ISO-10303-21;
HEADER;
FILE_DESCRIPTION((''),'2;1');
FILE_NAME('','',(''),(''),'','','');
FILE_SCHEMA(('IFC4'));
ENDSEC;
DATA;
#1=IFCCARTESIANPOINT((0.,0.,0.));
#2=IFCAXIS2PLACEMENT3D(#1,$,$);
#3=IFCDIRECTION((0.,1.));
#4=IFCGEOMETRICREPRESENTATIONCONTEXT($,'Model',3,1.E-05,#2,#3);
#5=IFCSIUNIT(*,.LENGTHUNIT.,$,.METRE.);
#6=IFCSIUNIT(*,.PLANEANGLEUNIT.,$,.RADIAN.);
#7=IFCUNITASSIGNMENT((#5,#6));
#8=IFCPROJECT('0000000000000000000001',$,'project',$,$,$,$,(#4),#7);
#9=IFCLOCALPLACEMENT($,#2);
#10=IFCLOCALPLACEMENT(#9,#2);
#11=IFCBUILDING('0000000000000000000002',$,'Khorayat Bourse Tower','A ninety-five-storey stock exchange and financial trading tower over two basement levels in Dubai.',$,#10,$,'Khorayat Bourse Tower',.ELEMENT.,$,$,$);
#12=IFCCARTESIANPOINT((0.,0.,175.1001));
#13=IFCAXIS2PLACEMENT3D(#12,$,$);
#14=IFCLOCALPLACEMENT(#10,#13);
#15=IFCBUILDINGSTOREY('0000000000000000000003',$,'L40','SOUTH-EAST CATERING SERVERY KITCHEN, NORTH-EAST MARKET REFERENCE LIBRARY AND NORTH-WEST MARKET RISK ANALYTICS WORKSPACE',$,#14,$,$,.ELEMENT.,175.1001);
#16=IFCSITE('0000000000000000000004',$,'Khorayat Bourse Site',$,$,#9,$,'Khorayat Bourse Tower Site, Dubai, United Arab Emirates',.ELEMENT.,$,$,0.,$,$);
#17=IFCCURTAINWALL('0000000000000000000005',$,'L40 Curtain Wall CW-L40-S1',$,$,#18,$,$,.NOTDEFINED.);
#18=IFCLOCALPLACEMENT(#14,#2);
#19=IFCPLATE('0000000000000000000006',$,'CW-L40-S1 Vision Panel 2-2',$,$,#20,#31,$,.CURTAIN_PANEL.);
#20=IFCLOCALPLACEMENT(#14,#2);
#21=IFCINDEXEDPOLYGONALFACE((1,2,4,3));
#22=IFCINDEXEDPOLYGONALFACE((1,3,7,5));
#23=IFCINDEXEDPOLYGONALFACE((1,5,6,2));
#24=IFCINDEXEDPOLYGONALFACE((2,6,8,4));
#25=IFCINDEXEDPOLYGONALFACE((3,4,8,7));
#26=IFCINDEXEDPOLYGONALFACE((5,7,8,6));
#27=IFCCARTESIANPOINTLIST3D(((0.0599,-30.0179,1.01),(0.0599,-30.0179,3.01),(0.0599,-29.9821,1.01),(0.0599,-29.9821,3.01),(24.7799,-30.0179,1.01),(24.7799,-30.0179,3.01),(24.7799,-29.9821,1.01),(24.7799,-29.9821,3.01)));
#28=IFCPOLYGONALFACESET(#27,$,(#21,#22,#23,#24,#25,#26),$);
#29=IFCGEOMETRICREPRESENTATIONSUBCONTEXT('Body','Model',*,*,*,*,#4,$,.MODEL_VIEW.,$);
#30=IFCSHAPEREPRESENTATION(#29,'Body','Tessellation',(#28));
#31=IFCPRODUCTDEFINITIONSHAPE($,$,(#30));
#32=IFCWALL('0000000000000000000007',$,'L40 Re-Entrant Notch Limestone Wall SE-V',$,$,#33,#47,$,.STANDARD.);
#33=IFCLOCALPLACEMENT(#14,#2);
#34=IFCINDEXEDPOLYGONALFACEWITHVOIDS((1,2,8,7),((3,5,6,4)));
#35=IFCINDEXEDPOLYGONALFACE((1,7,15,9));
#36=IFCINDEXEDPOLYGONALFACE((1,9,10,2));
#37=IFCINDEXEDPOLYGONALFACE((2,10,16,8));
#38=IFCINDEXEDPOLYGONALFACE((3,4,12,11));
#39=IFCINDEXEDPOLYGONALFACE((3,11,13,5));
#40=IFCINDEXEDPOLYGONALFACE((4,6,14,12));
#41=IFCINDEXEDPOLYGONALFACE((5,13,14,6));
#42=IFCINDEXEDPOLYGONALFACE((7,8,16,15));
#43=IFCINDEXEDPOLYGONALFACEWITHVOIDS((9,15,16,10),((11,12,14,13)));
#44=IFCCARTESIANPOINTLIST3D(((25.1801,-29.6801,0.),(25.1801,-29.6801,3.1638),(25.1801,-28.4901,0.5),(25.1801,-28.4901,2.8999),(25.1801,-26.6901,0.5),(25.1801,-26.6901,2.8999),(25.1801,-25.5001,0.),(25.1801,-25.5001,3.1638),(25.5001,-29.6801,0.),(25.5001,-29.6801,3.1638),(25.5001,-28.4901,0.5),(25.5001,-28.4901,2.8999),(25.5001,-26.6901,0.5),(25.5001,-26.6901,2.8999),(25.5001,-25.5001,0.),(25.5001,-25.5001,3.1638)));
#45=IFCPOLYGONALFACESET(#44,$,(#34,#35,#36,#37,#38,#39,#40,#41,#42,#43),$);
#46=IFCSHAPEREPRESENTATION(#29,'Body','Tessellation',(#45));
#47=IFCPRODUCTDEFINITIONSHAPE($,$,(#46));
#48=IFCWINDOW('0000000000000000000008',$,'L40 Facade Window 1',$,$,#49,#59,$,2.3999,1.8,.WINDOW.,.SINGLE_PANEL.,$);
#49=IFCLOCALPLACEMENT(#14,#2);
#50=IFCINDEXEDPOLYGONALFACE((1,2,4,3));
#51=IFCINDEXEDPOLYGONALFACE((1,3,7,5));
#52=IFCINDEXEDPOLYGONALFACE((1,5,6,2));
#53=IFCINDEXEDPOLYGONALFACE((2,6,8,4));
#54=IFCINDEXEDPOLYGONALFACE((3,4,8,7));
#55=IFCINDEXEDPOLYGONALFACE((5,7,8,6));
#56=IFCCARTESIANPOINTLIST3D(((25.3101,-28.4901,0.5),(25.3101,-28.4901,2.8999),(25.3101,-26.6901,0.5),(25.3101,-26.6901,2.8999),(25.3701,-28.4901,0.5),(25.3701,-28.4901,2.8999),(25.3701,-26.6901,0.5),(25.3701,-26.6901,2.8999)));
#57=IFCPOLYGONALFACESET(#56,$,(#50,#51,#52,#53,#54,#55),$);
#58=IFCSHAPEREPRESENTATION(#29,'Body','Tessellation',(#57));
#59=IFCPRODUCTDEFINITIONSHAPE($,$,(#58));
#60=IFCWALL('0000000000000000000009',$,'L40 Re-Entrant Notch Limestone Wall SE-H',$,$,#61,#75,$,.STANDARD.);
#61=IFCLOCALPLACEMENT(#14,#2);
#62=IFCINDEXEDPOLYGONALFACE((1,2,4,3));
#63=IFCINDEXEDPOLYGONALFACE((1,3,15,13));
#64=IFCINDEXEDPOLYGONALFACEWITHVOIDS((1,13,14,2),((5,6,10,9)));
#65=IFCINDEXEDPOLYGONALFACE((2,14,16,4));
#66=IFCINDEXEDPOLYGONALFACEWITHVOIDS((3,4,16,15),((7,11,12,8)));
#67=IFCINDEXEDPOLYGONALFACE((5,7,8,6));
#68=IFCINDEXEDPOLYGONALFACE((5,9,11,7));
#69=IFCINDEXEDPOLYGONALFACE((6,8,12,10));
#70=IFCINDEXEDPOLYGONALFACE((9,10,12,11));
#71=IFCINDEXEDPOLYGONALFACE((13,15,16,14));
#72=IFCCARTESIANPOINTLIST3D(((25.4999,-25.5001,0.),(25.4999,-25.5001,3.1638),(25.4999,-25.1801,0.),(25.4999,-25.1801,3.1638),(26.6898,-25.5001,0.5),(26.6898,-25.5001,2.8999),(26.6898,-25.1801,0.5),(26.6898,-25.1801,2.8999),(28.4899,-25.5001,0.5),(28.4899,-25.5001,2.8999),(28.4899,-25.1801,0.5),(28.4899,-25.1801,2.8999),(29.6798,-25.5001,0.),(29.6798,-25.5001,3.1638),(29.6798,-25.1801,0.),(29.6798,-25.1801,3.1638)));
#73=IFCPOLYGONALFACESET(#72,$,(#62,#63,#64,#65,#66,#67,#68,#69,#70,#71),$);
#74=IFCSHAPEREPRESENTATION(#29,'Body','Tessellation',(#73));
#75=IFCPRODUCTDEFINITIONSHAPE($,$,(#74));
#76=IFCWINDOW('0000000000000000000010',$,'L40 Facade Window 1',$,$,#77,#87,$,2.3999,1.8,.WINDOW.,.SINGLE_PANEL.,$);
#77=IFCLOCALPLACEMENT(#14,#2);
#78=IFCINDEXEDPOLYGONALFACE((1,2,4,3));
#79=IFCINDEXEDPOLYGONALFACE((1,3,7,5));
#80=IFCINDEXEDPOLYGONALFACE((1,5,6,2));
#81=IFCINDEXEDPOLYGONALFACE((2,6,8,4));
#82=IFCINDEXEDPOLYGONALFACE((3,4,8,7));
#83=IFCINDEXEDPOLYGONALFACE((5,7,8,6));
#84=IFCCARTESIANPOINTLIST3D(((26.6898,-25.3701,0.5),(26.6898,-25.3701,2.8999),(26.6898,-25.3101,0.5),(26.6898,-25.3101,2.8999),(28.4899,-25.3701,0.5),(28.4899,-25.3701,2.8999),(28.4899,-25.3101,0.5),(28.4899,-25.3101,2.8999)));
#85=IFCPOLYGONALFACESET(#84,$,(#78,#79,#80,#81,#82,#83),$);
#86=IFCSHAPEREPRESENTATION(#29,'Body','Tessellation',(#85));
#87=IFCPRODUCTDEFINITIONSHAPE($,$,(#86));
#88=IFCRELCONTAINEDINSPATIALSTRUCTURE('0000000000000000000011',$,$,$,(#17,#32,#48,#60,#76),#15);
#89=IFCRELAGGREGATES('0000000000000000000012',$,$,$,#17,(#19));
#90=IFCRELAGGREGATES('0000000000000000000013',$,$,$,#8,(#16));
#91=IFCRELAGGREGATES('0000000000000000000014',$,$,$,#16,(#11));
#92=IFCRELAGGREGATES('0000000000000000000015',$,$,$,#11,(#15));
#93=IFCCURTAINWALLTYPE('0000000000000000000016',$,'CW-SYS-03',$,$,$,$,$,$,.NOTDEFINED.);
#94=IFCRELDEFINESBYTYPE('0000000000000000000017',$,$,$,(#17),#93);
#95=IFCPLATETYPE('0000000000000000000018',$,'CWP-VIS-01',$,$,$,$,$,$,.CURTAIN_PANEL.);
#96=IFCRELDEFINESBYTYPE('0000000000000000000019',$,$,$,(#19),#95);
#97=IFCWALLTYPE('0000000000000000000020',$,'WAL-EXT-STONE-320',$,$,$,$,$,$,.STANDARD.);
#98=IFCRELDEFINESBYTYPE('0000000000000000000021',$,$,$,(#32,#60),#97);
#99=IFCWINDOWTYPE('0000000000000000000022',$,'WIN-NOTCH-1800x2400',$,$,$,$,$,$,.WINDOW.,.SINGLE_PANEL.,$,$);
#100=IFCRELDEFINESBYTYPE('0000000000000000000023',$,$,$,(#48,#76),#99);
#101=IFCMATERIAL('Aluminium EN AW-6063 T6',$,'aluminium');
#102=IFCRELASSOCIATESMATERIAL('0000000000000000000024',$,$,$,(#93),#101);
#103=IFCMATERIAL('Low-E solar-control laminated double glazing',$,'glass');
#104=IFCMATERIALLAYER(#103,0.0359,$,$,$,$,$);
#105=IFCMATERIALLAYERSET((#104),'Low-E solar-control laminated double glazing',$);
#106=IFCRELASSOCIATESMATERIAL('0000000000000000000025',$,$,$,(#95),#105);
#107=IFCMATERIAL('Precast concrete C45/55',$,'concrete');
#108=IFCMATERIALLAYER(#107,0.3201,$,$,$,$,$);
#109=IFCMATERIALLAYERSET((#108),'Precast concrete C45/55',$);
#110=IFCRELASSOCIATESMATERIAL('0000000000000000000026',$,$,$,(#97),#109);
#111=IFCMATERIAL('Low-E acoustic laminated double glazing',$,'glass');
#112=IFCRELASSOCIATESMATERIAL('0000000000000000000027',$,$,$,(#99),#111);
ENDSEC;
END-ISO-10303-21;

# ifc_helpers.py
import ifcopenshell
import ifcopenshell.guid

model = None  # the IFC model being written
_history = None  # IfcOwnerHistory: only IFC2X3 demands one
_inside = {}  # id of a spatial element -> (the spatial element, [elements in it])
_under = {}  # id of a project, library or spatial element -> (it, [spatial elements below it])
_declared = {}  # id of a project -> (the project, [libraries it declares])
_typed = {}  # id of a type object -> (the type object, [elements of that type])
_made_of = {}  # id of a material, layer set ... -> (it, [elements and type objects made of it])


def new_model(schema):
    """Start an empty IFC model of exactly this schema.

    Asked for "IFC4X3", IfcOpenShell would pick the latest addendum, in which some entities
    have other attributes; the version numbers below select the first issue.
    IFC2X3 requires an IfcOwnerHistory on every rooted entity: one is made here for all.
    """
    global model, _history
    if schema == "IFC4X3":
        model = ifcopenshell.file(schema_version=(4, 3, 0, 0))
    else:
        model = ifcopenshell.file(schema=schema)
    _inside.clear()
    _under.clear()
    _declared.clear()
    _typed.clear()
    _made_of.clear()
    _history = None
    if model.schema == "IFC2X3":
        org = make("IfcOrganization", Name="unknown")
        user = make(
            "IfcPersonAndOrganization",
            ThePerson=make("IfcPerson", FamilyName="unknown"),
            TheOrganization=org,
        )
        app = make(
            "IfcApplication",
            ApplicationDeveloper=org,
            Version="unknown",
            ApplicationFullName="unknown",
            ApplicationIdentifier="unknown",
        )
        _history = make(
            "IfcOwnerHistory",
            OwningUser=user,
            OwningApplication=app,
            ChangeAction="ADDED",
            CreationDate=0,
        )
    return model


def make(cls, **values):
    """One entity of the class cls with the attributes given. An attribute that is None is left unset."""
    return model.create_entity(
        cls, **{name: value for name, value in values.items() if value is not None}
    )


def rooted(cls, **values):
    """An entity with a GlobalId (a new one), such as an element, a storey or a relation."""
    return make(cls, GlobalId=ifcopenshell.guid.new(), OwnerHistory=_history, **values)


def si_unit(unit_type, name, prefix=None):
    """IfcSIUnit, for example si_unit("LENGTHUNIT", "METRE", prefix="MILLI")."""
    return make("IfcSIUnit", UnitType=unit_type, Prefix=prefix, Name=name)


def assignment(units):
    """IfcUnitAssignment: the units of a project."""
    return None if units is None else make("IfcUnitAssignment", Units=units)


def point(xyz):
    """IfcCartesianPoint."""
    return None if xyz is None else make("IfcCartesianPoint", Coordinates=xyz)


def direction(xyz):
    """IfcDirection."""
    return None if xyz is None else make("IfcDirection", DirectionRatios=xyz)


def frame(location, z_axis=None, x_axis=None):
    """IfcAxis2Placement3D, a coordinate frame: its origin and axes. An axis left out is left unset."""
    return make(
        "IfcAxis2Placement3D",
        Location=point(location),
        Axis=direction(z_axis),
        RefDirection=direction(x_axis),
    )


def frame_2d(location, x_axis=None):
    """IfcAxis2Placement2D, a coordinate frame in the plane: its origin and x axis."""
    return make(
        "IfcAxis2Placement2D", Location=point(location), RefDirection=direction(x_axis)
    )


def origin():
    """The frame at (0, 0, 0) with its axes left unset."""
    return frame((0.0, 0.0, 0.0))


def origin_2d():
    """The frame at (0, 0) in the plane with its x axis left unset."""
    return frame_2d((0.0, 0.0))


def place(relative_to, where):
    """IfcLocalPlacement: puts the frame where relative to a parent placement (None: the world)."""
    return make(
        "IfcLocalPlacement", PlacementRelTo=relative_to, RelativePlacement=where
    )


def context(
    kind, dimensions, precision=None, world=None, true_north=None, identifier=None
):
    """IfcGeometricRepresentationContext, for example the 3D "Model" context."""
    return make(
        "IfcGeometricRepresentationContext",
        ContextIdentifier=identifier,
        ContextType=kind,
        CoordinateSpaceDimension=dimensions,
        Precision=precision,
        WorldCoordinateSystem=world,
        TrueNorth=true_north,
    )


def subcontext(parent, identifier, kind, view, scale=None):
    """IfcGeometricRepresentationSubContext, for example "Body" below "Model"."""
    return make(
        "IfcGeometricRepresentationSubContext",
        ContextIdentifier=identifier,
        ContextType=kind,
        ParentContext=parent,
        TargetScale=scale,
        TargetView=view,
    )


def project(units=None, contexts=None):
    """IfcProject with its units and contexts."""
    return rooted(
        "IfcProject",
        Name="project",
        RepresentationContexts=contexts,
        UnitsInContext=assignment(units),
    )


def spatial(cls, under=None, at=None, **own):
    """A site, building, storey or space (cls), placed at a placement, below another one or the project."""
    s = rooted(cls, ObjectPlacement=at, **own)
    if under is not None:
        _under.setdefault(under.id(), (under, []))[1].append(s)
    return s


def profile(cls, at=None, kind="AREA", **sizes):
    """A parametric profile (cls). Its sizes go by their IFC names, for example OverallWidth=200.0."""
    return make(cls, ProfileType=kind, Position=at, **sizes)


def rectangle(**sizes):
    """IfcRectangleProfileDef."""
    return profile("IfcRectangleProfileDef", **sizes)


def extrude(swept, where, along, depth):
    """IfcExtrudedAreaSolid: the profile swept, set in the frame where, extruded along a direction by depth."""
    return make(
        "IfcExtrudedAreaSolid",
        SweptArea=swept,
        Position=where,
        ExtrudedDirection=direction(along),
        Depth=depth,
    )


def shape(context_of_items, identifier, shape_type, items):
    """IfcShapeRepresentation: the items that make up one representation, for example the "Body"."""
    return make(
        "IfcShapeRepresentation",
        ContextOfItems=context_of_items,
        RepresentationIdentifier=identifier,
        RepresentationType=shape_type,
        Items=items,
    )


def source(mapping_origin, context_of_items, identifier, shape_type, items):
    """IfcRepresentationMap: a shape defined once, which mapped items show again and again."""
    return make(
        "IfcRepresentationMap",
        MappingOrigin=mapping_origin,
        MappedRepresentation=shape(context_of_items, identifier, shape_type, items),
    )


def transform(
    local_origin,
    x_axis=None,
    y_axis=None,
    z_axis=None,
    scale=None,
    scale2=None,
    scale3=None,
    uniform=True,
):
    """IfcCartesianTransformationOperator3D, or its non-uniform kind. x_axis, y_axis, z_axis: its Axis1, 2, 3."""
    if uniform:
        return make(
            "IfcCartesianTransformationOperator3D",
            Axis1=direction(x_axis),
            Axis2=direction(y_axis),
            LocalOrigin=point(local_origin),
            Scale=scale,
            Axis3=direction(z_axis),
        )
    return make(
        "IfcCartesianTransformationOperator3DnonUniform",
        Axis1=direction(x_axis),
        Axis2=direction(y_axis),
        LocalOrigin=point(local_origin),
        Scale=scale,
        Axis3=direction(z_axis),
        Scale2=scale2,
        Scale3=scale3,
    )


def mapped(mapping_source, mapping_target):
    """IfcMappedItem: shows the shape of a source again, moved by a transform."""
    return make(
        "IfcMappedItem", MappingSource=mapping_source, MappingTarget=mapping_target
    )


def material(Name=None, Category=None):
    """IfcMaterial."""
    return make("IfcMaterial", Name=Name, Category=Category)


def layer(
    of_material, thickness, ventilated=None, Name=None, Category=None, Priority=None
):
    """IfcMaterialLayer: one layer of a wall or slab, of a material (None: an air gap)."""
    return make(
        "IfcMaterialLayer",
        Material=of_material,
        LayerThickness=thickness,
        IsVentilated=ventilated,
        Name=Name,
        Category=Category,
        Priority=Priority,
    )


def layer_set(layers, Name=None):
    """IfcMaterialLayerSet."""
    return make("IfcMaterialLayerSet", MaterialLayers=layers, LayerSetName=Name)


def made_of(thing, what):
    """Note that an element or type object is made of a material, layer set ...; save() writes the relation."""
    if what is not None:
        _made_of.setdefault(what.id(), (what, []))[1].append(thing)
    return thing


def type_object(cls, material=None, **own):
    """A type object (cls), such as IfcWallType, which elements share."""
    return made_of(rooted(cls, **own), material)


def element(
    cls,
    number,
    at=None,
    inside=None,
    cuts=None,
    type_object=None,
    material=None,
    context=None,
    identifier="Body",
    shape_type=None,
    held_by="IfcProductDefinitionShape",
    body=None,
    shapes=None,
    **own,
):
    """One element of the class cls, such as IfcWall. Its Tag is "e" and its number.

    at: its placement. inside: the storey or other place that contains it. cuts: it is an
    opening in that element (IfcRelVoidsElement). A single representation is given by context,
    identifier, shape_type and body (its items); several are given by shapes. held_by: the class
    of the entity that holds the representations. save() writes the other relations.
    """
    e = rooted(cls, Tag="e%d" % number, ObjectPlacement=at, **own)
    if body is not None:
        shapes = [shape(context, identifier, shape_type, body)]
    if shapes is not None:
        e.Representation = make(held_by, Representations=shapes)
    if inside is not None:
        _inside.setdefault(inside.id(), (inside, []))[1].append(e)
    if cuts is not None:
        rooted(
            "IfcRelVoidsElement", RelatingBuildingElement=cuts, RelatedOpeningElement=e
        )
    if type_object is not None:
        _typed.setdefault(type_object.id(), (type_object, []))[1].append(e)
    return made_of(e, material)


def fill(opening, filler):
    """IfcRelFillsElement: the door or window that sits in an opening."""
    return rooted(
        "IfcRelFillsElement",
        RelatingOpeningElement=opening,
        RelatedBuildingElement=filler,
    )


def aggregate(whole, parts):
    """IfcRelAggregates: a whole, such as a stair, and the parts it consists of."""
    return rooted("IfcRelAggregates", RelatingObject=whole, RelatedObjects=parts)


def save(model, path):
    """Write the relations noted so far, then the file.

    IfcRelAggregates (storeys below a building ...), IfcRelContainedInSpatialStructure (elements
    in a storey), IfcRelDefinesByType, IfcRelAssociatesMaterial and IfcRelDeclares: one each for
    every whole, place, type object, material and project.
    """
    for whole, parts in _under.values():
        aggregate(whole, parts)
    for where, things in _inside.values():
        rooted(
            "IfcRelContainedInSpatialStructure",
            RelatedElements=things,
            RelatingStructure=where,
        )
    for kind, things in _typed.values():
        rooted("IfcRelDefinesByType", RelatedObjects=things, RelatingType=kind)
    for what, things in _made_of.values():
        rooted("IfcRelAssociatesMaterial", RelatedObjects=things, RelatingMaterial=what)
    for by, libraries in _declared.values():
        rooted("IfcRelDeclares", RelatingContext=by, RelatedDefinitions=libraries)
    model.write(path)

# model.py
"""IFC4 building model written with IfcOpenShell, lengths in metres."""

from ifc_helpers import new_model, si_unit, direction, frame, frame_2d, origin, origin_2d, place, context, subcontext, project, spatial, rectangle, extrude, source, transform, mapped, material, layer, layer_set, type_object, element, fill, aggregate, save


model = new_model("IFC4")

# Units and contexts
model_context = context("Model", 3, precision=1e-05, world=origin(), true_north=direction((0.0, 1.0)))
body_context = subcontext(model_context, "Body", "Model", "MODEL_VIEW")
ifc_project = project(units=[si_unit("LENGTHUNIT", "METRE"), si_unit("PLANEANGLEUNIT", "RADIAN")], contexts=[model_context])

# Site, building, storey
site_placement = place(None, origin())
site = spatial("IfcSite", under=ifc_project, at=site_placement, Name="Khorayat Bourse Site", LongName="Khorayat Bourse Tower Site, Dubai, United Arab Emirates", CompositionType="ELEMENT", RefElevation=0.0)
building_placement = place(site_placement, origin())
building = spatial("IfcBuilding", under=site, at=building_placement, Name="Khorayat Bourse Tower", Description="A ninety-five-storey stock exchange and financial trading tower over two basement levels in Dubai.", LongName="Khorayat Bourse Tower", CompositionType="ELEMENT")
storey_placement = place(building_placement, frame((0.0, 0.0, 175.1001)))
storey = spatial("IfcBuildingStorey", under=building, at=storey_placement, Name="L40", Description="SOUTH-EAST CATERING SERVERY KITCHEN, NORTH-EAST MARKET REFERENCE LIBRARY AND NORTH-WEST MARKET RISK ANALYTICS WORKSPACE", CompositionType="ELEMENT", Elevation=175.1001)

# Curtain wall
ifc_material_1 = material(Name="Aluminium EN AW-6063 T6", Category="aluminium")
curtain_wall_type = type_object("IfcCurtainWallType", Name="CW-SYS-03", PredefinedType="NOTDEFINED", material=ifc_material_1)
curtain_wall_1_placement = place(storey_placement, origin())
curtain_wall_1 = element("IfcCurtainWall", 1, at=curtain_wall_1_placement, inside=storey, type_object=curtain_wall_type, Name="L40 Curtain Wall CW-L40-S1", PredefinedType="NOTDEFINED")

# Plate
ifc_material_2 = material(Name="Low-E solar-control laminated double glazing", Category="glass")
ifc_layer_1 = layer(ifc_material_2, 0.0359)
ifc_layer_set_1 = layer_set([ifc_layer_1], Name="Low-E solar-control laminated double glazing")
plate_type_1 = type_object("IfcPlateType", Name="CWP-VIS-01", PredefinedType="CURTAIN_PANEL", material=ifc_layer_set_1)
shared_shape_1 = source(origin(), body_context, "Body", "SweptSolid", [
    extrude(rectangle(XDim=24.72, YDim=0.0359, at=origin_2d()), origin(), (0.0, 0.0, 1.0), 2.0),
])
plate_1_placement = place(storey_placement, frame((12.4199, -30.0, 1.01), z_axis=(0.0, 0.0, 1.0), x_axis=(1.0, 0.0, 0.0)))
plate_1 = element("IfcPlate", 2, at=plate_1_placement, type_object=plate_type_1, Name="CW-L40-S1 Vision Panel 2-2", PredefinedType="CURTAIN_PANEL", context=body_context, shape_type="MappedRepresentation", body=[
    mapped(shared_shape_1, transform((0.0, 0.0, 0.0), scale=1.0)),
])
aggregate(curtain_wall_1, [plate_1])

# Walls, openings, windows
ifc_material_3 = material(Name="Precast concrete C45/55", Category="concrete")
ifc_layer_2 = layer(ifc_material_3, 0.3201)
ifc_layer_set_2 = layer_set([ifc_layer_2], Name="Precast concrete C45/55")
wall_type = type_object("IfcWallType", Name="WAL-EXT-STONE-320", PredefinedType="STANDARD", material=ifc_layer_set_2)
shared_shape_2 = source(origin(), body_context, "Body", "SweptSolid", [
    extrude(rectangle(XDim=4.1799, YDim=0.3201, at=frame_2d((2.0898, 0.0))), origin(), (0.0, 0.0, 1.0), 3.1638),
])
wall_1_placement = place(storey_placement, frame((25.3401, -29.6799, 0.0), z_axis=(0.0, 0.0, 1.0), x_axis=(0.0, 1.0, 0.0)))
wall_1 = element("IfcWall", 3, at=wall_1_placement, inside=storey, type_object=wall_type, Name="L40 Re-Entrant Notch Limestone Wall SE-V", PredefinedType="STANDARD", context=body_context, shape_type="MappedRepresentation", body=[
    mapped(shared_shape_2, transform((0.0, 0.0, 0.0), scale=1.0)),
])
shared_shape_3 = source(origin(), body_context, "Body", "SweptSolid", [
    extrude(rectangle(XDim=1.8, YDim=2.3999, at=frame_2d((0.8999, 1.2))), frame((0.0, 0.1699, 0.0), z_axis=(0.0, -1.0, 0.0), x_axis=(1.0, 0.0, 0.0)), (0.0, 0.0, 1.0), 0.3401),
])
opening_1_placement = place(wall_1_placement, frame((1.1899, 0.0, 0.5)))
opening_1 = element("IfcOpeningElement", 4, at=opening_1_placement, cuts=wall_1, PredefinedType="OPENING", context=body_context, shape_type="MappedRepresentation", body=[
    mapped(shared_shape_3, transform((0.0, 0.0, 0.0), scale=1.0)),
])
ifc_material_4 = material(Name="Low-E acoustic laminated double glazing", Category="glass")
window_type = type_object("IfcWindowType", Name="WIN-NOTCH-1800x2400", PartitioningType="SINGLE_PANEL", PredefinedType="WINDOW", material=ifc_material_4)
shared_shape_4 = source(origin(), body_context, "Body", "SweptSolid", [
    extrude(rectangle(XDim=1.8, YDim=2.3999, at=frame_2d((0.8999, 1.2))), frame((0.0, 0.03, 0.0), z_axis=(0.0, -1.0, 0.0), x_axis=(1.0, 0.0, 0.0)), (0.0, 0.0, 1.0), 0.0601),
])
window_1_placement = place(opening_1_placement, origin())
window_1 = element("IfcWindow", 5, at=window_1_placement, inside=storey, type_object=window_type, Name="L40 Facade Window 1", OverallHeight=2.3999, OverallWidth=1.8, PartitioningType="SINGLE_PANEL", PredefinedType="WINDOW", context=body_context, shape_type="MappedRepresentation", body=[
    mapped(shared_shape_4, transform((0.0, 0.0, 0.0), scale=1.0)),
])
fill(opening_1, window_1)
wall_2_placement = place(storey_placement, frame((25.5, -25.3401, 0.0), z_axis=(0.0, 0.0, 1.0), x_axis=(1.0, 0.0, 0.0)))
wall_2 = element("IfcWall", 6, at=wall_2_placement, inside=storey, type_object=wall_type, Name="L40 Re-Entrant Notch Limestone Wall SE-H", PredefinedType="STANDARD", context=body_context, shape_type="MappedRepresentation", body=[
    mapped(shared_shape_2, transform((0.0, 0.0, 0.0), scale=1.0)),
])
opening_2_placement = place(wall_2_placement, frame((1.1899, 0.0, 0.5)))
opening_2 = element("IfcOpeningElement", 7, at=opening_2_placement, cuts=wall_2, PredefinedType="OPENING", context=body_context, shape_type="MappedRepresentation", body=[
    mapped(shared_shape_3, transform((0.0, 0.0, 0.0), scale=1.0)),
])
window_2_placement = place(opening_2_placement, origin())
window_2 = element("IfcWindow", 8, at=window_2_placement, inside=storey, type_object=window_type, Name="L40 Facade Window 1", OverallHeight=2.3999, OverallWidth=1.8, PartitioningType="SINGLE_PANEL", PredefinedType="WINDOW", context=body_context, shape_type="MappedRepresentation", body=[
    mapped(shared_shape_4, transform((0.0, 0.0, 0.0), scale=1.0)),
])
fill(opening_2, window_2)

save(model, "model.ifc")
